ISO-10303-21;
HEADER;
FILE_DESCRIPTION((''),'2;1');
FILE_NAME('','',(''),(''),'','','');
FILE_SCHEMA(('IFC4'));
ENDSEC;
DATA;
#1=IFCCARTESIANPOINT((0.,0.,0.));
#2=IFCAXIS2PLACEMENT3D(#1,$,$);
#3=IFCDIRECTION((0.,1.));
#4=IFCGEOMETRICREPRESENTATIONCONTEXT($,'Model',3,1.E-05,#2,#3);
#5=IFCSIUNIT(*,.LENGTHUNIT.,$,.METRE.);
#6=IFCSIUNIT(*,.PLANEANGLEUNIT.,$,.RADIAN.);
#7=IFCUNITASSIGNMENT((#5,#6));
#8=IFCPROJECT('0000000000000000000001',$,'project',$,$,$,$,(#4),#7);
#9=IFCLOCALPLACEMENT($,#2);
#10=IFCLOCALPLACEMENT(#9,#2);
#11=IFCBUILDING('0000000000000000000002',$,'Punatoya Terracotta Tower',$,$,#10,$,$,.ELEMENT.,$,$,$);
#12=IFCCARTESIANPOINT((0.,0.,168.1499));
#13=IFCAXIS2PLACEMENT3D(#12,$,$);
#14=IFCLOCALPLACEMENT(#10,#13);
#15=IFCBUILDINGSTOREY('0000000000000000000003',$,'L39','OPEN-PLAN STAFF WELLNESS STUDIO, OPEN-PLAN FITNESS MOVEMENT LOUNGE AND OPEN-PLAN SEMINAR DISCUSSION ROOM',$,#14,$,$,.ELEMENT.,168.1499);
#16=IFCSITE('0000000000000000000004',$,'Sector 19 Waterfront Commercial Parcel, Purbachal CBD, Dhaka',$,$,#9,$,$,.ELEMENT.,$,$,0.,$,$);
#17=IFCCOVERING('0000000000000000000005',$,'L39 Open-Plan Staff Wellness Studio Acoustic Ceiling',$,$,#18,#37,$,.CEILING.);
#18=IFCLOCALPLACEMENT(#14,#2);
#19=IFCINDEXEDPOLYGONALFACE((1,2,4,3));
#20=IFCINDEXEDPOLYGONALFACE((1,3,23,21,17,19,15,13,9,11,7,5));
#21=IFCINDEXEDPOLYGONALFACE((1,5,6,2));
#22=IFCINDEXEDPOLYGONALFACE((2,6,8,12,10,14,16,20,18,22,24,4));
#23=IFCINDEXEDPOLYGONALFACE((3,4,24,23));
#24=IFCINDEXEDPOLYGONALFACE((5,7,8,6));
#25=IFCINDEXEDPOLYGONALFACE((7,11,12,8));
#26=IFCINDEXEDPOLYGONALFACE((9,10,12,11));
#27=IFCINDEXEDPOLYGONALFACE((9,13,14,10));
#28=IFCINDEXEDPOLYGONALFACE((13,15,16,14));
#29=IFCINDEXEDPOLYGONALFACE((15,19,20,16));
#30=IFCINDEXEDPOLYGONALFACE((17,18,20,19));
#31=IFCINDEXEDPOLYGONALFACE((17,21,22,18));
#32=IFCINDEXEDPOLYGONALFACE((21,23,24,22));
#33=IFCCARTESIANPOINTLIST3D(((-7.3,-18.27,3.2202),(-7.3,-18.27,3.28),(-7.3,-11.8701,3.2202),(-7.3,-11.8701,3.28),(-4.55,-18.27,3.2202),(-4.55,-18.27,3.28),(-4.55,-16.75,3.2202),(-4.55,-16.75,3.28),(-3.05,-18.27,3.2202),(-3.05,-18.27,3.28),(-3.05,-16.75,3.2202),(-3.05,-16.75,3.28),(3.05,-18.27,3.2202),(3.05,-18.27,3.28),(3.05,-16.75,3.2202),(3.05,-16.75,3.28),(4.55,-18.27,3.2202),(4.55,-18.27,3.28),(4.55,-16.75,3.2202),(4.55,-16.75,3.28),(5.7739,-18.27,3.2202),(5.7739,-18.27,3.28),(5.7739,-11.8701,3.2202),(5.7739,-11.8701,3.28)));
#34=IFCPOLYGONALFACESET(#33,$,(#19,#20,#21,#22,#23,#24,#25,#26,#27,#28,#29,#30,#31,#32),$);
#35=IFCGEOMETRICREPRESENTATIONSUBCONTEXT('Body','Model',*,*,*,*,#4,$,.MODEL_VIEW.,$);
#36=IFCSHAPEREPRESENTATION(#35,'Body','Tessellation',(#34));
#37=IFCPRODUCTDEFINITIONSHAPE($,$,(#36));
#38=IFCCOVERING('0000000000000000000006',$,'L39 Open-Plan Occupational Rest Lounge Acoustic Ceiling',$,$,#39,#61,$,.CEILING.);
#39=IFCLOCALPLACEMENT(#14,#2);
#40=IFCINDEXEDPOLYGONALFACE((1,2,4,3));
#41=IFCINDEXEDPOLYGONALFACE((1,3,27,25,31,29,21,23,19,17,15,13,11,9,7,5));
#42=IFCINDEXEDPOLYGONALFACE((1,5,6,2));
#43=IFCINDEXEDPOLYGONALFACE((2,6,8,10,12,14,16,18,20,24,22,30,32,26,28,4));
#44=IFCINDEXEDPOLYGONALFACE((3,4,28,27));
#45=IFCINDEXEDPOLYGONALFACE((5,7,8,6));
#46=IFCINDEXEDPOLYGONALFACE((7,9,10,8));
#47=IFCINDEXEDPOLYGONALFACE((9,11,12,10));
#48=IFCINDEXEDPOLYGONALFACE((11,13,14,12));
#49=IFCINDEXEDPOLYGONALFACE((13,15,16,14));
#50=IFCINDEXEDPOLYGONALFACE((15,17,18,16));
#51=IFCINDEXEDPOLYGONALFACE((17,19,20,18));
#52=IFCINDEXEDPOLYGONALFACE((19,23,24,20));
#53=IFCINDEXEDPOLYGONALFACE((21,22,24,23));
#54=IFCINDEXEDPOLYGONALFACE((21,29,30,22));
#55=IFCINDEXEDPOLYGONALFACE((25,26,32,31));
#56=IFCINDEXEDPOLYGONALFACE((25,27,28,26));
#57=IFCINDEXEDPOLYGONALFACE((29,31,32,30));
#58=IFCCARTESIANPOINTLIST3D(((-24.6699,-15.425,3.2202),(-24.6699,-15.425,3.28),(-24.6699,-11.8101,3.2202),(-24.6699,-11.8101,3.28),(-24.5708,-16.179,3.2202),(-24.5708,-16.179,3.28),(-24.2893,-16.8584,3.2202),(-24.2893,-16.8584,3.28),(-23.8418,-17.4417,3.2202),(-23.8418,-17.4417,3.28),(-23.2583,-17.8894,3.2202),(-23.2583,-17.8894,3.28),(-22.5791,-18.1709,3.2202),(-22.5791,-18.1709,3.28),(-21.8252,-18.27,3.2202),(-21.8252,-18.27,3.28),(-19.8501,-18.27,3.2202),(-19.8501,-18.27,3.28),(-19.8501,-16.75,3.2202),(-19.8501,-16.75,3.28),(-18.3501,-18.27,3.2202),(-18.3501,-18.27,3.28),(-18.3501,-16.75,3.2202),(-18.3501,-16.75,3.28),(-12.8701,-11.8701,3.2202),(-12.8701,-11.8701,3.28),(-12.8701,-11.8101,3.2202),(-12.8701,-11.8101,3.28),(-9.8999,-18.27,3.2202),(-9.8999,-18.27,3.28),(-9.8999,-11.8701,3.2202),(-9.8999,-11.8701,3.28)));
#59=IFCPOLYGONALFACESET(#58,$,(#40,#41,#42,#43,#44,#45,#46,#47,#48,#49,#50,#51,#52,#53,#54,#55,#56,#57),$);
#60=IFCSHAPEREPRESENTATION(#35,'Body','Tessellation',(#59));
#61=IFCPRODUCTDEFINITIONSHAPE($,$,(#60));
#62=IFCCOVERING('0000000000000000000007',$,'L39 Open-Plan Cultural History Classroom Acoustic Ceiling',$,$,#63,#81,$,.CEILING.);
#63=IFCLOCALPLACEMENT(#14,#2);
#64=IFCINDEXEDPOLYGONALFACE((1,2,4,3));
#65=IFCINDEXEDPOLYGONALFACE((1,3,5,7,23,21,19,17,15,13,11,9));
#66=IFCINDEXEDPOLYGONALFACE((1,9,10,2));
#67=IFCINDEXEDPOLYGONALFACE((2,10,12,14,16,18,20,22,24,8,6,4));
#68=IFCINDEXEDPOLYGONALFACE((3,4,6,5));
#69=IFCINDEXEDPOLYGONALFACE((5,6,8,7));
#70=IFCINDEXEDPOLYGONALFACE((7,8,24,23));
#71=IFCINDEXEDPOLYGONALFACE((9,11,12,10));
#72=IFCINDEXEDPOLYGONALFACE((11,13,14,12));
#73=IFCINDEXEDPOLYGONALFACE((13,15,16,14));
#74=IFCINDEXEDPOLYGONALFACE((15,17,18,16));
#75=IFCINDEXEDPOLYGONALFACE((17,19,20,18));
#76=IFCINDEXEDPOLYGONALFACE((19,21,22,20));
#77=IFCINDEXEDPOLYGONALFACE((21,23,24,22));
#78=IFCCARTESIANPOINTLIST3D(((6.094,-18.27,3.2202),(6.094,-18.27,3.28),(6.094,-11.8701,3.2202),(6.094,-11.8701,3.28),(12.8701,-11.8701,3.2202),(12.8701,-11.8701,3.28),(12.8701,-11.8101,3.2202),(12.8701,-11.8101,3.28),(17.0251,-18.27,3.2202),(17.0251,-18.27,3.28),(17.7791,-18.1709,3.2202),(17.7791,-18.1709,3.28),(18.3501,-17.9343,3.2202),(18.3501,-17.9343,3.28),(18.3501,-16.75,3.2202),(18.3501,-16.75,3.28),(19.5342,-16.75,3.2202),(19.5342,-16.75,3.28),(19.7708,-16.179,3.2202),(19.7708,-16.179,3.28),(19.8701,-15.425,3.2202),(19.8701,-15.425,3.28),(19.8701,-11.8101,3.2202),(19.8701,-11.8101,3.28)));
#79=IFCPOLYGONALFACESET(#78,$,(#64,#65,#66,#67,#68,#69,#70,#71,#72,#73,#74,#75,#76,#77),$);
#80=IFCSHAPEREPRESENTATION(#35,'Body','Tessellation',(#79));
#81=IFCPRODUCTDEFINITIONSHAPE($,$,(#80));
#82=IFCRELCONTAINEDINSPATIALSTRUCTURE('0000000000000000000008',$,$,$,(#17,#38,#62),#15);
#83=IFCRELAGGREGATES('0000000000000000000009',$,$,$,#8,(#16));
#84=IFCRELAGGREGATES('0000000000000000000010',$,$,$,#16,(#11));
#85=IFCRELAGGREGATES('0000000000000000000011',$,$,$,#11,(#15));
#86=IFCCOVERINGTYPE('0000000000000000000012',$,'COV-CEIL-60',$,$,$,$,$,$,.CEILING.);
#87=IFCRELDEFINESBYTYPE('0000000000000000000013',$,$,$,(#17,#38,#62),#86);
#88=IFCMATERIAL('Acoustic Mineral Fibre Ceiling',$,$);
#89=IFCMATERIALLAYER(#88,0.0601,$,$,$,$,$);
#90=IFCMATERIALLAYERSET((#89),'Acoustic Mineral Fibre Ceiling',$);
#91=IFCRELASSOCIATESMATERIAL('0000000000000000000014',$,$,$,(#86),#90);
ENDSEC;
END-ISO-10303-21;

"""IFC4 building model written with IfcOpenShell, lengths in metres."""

from ifc_helpers import new_model, si_unit, direction, frame, origin, place, context, subcontext, project, spatial, polyline, outline, extrude, material, layer, layer_set, type_object, element, save


model = new_model("IFC4")

# Units and contexts
model_context = context("Model", 3, precision=1e-05, world=origin(), true_north=direction((0.0, 1.0)))
body_context = subcontext(model_context, "Body", "Model", "MODEL_VIEW")
ifc_project = project(units=[si_unit("LENGTHUNIT", "METRE"), si_unit("PLANEANGLEUNIT", "RADIAN")], contexts=[model_context])

# Site, building, storey
site_placement = place(None, origin())
site = spatial("IfcSite", under=ifc_project, at=site_placement, Name="Sector 19 Waterfront Commercial Parcel, Purbachal CBD, Dhaka", CompositionType="ELEMENT", RefElevation=0.0)
building_placement = place(site_placement, origin())
building = spatial("IfcBuilding", under=site, at=building_placement, Name="Punatoya Terracotta Tower", CompositionType="ELEMENT")
storey_placement = place(building_placement, frame((0.0, 0.0, 168.1499)))
storey = spatial("IfcBuildingStorey", under=building, at=storey_placement, Name="L39", Description="OPEN-PLAN STAFF WELLNESS STUDIO, OPEN-PLAN FITNESS MOVEMENT LOUNGE AND OPEN-PLAN SEMINAR DISCUSSION ROOM", CompositionType="ELEMENT", Elevation=168.1499)

# Coverings
ifc_material_1 = material(Name="Acoustic Mineral Fibre Ceiling")
ifc_layer_1 = layer(ifc_material_1, 0.0601)
ifc_layer_set_1 = layer_set([ifc_layer_1], Name="Acoustic Mineral Fibre Ceiling")
covering_type = type_object("IfcCoveringType", Name="COV-CEIL-60", PredefinedType="CEILING", material=ifc_layer_set_1)
covering_1_placement = place(storey_placement, frame((0.0, 0.0, 3.2202)))
element("IfcCovering", 1, at=covering_1_placement, inside=storey, type_object=covering_type, Name="L39 Open-Plan Staff Wellness Studio Acoustic Ceiling", PredefinedType="CEILING", context=body_context, shape_type="SweptSolid", body=[
    extrude(outline(polyline([(-7.3, -18.27), (-4.55, -18.27), (-4.55, -16.75), (-3.05, -16.75), (-3.05, -18.27), (3.05, -18.27), (3.05, -16.75), (4.55, -16.75), (4.55, -18.27), (5.7739, -18.27), (5.7739, -11.8701), (-7.3, -11.8701), (-7.3, -18.27)])), origin(), (0.0, 0.0, 1.0), 0.0598),
])
covering_2_placement = place(storey_placement, frame((0.0, 0.0, 3.2202)))
element("IfcCovering", 2, at=covering_2_placement, inside=storey, type_object=covering_type, Name="L39 Open-Plan Occupational Rest Lounge Acoustic Ceiling", PredefinedType="CEILING", context=body_context, shape_type="SweptSolid", body=[
    extrude(outline(polyline([(-19.8501, -18.27), (-19.8501, -16.75), (-18.3501, -16.75), (-18.3501, -18.27), (-9.8999, -18.27), (-9.8999, -11.8701), (-12.8701, -11.8701), (-12.8701, -11.8101), (-24.6699, -11.8101), (-24.6699, -15.425), (-24.5708, -16.179), (-24.2893, -16.8584), (-23.8418, -17.4417), (-23.2583, -17.8894), (-22.5791, -18.1709), (-21.8252, -18.27), (-19.8501, -18.27)])), origin(), (0.0, 0.0, 1.0), 0.0598),
])
covering_3_placement = place(storey_placement, frame((0.0, 0.0, 3.2202)))
element("IfcCovering", 3, at=covering_3_placement, inside=storey, type_object=covering_type, Name="L39 Open-Plan Cultural History Classroom Acoustic Ceiling", PredefinedType="CEILING", context=body_context, shape_type="SweptSolid", body=[
    extrude(outline(polyline([(12.8701, -11.8701), (6.094, -11.8701), (6.094, -18.27), (17.0251, -18.27), (17.7791, -18.1709), (18.3501, -17.9343), (18.3501, -16.75), (19.5342, -16.75), (19.7708, -16.179), (19.8701, -15.425), (19.8701, -11.8101), (12.8701, -11.8101), (12.8701, -11.8701)])), origin(), (0.0, 0.0, 1.0), 0.0598),
])

save(model, "model.ifc")
